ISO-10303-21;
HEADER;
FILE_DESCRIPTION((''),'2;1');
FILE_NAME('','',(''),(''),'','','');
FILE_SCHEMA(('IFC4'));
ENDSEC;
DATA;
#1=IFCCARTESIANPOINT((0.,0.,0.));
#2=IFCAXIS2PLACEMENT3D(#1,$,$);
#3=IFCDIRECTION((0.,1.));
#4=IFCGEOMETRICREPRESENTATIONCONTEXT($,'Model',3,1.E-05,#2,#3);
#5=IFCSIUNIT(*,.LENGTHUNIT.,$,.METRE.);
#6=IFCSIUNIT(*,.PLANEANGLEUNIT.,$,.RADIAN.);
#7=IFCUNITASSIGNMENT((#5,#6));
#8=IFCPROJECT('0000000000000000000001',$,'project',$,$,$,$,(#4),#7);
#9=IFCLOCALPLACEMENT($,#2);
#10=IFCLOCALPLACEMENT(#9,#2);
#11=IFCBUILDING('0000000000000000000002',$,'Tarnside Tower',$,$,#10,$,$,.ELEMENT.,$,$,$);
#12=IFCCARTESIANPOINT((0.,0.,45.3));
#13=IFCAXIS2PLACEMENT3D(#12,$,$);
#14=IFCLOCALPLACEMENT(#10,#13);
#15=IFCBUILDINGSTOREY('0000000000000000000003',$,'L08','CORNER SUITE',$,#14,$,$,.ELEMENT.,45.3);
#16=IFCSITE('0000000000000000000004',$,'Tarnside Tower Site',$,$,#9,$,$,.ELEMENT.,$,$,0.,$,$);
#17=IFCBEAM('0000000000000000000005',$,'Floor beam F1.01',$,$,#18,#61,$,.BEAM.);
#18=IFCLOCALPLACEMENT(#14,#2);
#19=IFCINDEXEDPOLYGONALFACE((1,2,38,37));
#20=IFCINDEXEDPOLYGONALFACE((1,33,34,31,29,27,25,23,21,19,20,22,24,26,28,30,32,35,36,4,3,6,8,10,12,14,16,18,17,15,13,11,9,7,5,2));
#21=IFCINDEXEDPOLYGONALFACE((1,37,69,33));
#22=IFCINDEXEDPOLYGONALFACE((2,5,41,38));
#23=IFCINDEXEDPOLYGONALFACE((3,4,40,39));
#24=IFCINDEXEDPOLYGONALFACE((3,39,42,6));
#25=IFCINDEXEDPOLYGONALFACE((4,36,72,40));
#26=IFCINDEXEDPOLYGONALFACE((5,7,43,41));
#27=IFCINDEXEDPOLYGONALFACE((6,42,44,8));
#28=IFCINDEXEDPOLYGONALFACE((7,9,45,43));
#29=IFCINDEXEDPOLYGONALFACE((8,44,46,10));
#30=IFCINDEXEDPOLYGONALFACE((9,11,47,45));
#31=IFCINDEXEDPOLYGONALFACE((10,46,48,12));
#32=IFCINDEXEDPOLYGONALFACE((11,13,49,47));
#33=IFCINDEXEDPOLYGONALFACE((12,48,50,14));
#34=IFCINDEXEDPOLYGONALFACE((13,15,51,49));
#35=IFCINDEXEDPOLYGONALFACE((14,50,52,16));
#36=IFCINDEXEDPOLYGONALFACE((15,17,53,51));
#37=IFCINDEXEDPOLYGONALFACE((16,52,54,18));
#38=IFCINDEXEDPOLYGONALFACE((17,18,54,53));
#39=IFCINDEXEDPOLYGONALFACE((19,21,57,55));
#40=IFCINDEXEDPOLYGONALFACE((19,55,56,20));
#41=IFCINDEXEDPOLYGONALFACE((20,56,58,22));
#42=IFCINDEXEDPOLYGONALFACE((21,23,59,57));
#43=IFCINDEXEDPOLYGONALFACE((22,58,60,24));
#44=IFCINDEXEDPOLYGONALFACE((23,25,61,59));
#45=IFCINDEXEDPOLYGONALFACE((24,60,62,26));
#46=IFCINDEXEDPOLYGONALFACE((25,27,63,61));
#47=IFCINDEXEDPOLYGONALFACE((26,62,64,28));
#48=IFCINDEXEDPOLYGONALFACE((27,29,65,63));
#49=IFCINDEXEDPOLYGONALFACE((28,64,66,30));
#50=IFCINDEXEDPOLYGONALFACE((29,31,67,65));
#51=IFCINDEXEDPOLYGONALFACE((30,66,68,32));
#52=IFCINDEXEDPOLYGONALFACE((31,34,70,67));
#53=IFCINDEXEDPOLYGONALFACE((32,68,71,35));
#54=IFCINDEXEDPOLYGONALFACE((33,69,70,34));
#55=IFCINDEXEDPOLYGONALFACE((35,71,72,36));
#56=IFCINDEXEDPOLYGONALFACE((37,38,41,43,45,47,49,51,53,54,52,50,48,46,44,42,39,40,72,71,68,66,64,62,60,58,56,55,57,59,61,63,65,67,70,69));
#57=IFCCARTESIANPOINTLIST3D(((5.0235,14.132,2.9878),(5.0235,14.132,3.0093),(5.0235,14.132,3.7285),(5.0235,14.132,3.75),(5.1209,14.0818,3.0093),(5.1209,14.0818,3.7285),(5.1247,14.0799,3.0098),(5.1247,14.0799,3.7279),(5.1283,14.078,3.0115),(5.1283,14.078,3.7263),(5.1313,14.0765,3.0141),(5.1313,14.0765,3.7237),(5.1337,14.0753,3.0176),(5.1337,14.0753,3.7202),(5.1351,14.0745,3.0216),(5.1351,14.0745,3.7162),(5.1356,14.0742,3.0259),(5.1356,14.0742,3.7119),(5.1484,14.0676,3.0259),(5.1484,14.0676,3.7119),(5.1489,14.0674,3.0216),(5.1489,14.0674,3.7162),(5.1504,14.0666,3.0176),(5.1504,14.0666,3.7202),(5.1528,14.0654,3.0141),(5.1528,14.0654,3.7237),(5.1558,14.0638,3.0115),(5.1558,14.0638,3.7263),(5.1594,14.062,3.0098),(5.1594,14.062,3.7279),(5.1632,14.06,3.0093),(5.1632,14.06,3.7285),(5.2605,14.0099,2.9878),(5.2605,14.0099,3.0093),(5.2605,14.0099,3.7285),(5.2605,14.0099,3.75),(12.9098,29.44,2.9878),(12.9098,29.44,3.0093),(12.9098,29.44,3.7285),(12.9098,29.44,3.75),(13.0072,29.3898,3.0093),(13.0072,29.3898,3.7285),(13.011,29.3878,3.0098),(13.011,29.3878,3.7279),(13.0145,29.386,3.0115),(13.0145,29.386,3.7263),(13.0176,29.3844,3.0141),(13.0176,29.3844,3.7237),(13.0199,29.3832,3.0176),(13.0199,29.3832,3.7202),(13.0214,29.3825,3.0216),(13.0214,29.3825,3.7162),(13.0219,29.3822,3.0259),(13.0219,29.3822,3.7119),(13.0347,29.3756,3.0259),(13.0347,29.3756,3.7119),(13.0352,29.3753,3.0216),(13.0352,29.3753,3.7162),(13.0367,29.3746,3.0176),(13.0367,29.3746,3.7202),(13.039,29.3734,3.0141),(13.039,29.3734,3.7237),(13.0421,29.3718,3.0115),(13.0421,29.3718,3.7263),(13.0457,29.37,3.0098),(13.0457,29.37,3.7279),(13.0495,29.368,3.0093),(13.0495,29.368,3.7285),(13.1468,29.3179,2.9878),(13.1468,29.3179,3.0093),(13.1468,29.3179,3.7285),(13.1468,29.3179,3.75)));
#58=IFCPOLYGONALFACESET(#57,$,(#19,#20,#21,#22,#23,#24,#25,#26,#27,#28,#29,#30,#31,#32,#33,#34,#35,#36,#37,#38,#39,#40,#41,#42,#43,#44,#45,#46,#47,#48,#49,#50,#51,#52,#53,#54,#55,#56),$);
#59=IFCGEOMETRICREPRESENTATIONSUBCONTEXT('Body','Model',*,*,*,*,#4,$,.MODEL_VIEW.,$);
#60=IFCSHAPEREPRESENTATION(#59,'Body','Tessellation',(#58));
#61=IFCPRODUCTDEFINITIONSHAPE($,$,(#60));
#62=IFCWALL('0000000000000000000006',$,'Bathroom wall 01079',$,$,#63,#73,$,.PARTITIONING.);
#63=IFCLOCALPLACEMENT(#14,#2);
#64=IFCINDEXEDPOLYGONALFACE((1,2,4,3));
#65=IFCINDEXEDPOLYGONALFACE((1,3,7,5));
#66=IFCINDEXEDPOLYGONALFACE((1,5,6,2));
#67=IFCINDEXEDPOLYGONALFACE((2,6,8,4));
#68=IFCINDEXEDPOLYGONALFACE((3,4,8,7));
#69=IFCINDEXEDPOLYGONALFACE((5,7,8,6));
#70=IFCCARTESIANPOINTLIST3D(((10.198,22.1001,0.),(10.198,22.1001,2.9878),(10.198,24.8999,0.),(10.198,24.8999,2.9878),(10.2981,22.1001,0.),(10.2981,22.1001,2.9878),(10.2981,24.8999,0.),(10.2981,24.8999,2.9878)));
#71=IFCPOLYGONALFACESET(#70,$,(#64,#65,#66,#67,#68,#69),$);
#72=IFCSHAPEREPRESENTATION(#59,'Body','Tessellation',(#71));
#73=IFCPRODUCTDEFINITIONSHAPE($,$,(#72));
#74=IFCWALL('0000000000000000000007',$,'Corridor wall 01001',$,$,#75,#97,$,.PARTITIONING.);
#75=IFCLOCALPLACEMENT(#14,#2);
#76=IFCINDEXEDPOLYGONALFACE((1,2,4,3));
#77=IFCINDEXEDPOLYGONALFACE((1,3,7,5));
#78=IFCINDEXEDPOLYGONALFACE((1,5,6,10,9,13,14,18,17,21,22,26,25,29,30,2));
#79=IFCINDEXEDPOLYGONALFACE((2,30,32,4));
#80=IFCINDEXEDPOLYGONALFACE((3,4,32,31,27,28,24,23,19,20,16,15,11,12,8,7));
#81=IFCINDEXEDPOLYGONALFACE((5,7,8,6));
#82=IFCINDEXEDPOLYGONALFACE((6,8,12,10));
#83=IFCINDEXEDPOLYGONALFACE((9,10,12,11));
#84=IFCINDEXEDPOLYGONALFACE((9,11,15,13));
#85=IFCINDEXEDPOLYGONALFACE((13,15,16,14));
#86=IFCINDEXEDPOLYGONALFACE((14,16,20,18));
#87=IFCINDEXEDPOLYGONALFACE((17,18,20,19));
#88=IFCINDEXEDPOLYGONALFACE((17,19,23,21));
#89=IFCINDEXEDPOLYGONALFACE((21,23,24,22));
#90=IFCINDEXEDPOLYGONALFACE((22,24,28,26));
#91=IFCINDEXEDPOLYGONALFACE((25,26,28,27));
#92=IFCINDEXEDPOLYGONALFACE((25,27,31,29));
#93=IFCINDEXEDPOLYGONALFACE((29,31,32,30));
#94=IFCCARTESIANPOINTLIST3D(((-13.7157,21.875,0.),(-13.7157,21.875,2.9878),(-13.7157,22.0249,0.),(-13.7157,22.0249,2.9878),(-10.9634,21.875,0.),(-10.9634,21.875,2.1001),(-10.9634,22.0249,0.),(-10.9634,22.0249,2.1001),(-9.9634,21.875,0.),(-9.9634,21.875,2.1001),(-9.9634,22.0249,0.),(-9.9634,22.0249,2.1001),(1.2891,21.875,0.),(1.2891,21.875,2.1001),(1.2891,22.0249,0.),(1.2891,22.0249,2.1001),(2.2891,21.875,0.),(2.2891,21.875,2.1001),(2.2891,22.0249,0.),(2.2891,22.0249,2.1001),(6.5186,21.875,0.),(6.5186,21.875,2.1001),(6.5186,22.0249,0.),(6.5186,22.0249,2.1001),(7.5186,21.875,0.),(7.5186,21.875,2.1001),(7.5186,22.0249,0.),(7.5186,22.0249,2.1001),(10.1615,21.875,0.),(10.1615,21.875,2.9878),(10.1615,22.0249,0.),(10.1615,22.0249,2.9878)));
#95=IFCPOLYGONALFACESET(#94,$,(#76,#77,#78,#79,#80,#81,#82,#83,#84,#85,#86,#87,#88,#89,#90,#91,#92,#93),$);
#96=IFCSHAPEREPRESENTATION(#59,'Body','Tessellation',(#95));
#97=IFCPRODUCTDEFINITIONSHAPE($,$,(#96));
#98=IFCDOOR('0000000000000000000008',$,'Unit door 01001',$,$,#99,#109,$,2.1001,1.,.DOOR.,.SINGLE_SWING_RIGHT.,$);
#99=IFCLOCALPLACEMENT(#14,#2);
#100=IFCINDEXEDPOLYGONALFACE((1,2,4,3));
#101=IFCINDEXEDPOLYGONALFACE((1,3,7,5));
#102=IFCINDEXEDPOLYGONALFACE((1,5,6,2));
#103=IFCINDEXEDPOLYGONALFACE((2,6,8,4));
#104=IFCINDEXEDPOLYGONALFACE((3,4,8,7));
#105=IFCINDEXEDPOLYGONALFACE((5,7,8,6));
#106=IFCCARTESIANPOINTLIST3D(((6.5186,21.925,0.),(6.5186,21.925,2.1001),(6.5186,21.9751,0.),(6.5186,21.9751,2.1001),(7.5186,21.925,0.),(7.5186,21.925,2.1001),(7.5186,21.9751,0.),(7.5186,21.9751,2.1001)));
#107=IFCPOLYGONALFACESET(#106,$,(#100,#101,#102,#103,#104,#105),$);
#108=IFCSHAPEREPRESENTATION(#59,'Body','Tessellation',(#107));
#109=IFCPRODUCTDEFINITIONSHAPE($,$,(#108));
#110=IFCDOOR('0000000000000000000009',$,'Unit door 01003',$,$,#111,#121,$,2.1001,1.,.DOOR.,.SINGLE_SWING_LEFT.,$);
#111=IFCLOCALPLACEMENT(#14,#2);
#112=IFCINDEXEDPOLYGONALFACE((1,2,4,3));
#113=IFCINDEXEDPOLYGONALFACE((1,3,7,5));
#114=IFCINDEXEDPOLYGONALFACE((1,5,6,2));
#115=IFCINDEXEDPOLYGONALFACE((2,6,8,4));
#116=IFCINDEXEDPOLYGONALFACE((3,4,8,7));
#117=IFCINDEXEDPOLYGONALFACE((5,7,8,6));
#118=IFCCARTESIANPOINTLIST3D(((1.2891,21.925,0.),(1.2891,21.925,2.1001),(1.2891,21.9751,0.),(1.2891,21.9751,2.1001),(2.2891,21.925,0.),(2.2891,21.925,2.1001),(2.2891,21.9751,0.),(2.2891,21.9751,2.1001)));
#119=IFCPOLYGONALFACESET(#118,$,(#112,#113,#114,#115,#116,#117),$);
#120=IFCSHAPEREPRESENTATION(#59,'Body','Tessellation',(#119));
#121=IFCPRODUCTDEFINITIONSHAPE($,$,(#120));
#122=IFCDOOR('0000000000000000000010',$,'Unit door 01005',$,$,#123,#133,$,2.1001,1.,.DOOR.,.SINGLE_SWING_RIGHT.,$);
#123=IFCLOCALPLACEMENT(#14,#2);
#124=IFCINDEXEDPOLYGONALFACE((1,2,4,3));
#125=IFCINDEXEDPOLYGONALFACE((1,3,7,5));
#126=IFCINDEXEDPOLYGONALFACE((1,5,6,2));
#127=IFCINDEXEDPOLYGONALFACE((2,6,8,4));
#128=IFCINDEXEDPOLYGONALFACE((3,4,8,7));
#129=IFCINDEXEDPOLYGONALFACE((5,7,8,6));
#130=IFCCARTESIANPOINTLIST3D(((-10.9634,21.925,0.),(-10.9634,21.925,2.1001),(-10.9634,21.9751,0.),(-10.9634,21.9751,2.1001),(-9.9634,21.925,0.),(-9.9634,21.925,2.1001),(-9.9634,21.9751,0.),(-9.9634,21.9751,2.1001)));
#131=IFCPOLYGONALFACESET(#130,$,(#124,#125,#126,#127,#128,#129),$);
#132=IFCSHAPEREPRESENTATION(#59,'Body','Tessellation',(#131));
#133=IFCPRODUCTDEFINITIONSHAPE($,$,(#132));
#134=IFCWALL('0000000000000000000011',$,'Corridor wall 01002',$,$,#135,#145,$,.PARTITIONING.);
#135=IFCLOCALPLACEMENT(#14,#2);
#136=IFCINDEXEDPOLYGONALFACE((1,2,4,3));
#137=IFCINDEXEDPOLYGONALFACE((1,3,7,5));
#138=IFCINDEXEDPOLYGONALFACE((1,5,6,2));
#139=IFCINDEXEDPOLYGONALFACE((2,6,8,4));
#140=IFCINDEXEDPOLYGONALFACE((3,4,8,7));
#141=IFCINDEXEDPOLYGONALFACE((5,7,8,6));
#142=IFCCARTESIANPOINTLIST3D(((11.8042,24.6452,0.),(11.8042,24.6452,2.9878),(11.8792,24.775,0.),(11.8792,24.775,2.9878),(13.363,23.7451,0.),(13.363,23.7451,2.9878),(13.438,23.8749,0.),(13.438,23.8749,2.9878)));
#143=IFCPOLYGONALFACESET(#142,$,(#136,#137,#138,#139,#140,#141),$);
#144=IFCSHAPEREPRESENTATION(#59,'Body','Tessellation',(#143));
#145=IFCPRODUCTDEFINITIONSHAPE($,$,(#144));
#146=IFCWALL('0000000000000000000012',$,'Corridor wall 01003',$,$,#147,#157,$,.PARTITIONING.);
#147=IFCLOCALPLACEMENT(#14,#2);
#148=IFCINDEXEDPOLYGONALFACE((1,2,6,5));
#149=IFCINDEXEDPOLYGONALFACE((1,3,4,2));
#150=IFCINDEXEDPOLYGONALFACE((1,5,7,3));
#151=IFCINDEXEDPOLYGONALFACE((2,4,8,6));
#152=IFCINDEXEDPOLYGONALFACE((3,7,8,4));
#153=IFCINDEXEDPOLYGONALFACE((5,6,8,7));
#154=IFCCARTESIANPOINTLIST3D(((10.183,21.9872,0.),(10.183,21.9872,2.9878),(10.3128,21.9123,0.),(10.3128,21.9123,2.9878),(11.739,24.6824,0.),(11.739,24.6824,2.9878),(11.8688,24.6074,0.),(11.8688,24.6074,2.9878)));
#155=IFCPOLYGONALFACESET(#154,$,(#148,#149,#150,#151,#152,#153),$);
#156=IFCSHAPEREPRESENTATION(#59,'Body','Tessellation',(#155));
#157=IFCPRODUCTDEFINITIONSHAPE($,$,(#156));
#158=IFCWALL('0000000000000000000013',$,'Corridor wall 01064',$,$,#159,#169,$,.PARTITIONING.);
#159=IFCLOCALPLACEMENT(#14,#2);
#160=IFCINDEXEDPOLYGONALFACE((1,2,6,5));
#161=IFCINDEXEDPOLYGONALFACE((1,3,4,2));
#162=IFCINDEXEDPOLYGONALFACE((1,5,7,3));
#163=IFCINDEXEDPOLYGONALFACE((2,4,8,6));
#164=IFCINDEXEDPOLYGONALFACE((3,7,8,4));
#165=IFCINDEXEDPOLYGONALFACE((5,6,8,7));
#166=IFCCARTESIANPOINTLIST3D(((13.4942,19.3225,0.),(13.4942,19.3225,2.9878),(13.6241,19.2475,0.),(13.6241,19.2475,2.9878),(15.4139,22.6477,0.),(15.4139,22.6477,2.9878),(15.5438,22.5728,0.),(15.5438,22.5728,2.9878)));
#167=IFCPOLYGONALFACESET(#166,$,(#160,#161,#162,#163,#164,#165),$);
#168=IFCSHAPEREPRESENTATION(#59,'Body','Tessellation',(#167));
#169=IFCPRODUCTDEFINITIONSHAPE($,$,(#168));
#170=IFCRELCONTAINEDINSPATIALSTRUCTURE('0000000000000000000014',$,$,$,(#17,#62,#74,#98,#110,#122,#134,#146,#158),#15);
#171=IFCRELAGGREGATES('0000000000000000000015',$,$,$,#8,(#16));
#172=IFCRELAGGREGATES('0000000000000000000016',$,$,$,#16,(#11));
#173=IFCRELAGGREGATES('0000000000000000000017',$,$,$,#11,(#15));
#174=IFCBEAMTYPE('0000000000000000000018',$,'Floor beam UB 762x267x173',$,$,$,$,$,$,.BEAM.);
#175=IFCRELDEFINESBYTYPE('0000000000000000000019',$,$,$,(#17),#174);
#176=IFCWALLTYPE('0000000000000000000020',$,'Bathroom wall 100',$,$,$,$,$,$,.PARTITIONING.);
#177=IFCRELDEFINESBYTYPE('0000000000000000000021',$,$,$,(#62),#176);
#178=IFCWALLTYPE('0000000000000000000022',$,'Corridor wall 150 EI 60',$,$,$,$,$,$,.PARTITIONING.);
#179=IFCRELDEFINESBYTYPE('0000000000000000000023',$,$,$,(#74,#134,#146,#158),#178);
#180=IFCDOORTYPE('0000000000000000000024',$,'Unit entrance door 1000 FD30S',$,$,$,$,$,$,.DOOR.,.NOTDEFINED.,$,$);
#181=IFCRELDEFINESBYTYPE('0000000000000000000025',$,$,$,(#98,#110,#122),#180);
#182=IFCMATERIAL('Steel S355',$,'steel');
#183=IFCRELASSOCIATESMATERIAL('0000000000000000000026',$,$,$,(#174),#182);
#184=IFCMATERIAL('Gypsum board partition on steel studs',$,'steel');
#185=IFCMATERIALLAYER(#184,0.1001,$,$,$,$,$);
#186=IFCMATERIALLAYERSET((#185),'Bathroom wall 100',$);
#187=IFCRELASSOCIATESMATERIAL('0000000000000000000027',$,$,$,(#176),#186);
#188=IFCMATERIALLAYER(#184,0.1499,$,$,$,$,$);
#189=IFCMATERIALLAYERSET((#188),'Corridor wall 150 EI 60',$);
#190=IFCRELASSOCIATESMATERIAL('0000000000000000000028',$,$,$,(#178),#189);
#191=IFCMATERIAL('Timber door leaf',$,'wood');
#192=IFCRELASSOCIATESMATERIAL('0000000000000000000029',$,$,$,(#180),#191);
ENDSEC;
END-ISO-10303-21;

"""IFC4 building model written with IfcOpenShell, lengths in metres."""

from ifc_helpers import new_model, si_unit, direction, frame, frame_2d, origin, origin_2d, place, context, subcontext, project, spatial, rectangle, i_section, extrude, material, layer, layer_set, material_profile, profile_set, type_object, element, fill, save


model = new_model("IFC4")

# Units and contexts
model_context = context("Model", 3, precision=1e-05, world=origin(), true_north=direction((0.0, 1.0)))
body_context = subcontext(model_context, "Body", "Model", "MODEL_VIEW")
ifc_project = project(units=[si_unit("LENGTHUNIT", "METRE"), si_unit("PLANEANGLEUNIT", "RADIAN")], contexts=[model_context])

# Site, building, storey
site_placement = place(None, origin())
site = spatial("IfcSite", under=ifc_project, at=site_placement, Name="Tarnside Tower Site", CompositionType="ELEMENT", RefElevation=0.0)
building_placement = place(site_placement, origin())
building = spatial("IfcBuilding", under=site, at=building_placement, Name="Tarnside Tower", CompositionType="ELEMENT")
storey_placement = place(building_placement, frame((0.0, 0.0, 45.3)))
storey = spatial("IfcBuildingStorey", under=building, at=storey_placement, Name="L08", Description="CORNER SUITE", CompositionType="ELEMENT", Elevation=45.3)

# Beam
ifc_material_1 = material(Name="Steel S355", Category="steel")
ifc_material_profile = material_profile(ifc_material_1, i_section(OverallWidth=0.2666, OverallDepth=0.7622, WebThickness=0.0144, FlangeThickness=0.0215, FilletRadius=0.0166, at=origin_2d()), Name="UB 762x267x173")
ifc_profile_set = profile_set([ifc_material_profile], Name="Steel S355")
beam_type = type_object("IfcBeamType", Name="Floor beam UB 762x267x173", PredefinedType="BEAM", material=ifc_profile_set)
beam_placement = place(storey_placement, frame((13.0283, 29.3789, 3.3689), z_axis=(-0.457973, -0.888966, 0.0), x_axis=(0.888966, -0.457973, 0.0)))
element("IfcBeam", 1, at=beam_placement, inside=storey, type_object=beam_type, Name="Floor beam F1.01", PredefinedType="BEAM", context=body_context, shape_type="SweptSolid", body=[
    extrude(i_section(OverallWidth=0.2666, OverallDepth=0.7622, WebThickness=0.0144, FlangeThickness=0.0215, FilletRadius=0.0166, at=origin_2d()), origin(), (0.0, 0.0, 1.0), 17.22),
])

# Wall
ifc_material_2 = material(Name="Gypsum board partition on steel studs", Category="steel")
ifc_layer_1 = layer(ifc_material_2, 0.1001)
ifc_layer_set_1 = layer_set([ifc_layer_1], Name="Bathroom wall 100")
wall_type_1 = type_object("IfcWallType", Name="Bathroom wall 100", PredefinedType="PARTITIONING", material=ifc_layer_set_1)
wall_1_placement = place(storey_placement, frame((10.248, 24.8999, 0.0), z_axis=(0.0, 0.0, 1.0), x_axis=(0.0, -1.0, 0.0)))
element("IfcWall", 2, at=wall_1_placement, inside=storey, type_object=wall_type_1, Name="Bathroom wall 01079", PredefinedType="PARTITIONING", context=body_context, shape_type="SweptSolid", body=[
    extrude(rectangle(XDim=2.7998, YDim=0.1001, at=frame_2d((1.3999, 0.0))), origin(), (0.0, 0.0, 1.0), 2.9878),
])

# Wall, openings, doors
ifc_layer_2 = layer(ifc_material_2, 0.1499)
ifc_layer_set_2 = layer_set([ifc_layer_2], Name="Corridor wall 150 EI 60")
wall_type_2 = type_object("IfcWallType", Name="Corridor wall 150 EI 60", PredefinedType="PARTITIONING", material=ifc_layer_set_2)
wall_2_placement = place(storey_placement, frame((10.1614, 21.95, 0.0), z_axis=(0.0, 0.0, 1.0), x_axis=(-1.0, 0.0, 0.0)))
wall_2 = element("IfcWall", 3, at=wall_2_placement, inside=storey, type_object=wall_type_2, Name="Corridor wall 01001", PredefinedType="PARTITIONING", context=body_context, shape_type="SweptSolid", body=[
    extrude(rectangle(XDim=23.8772, YDim=0.1499, at=frame_2d((11.9385, 0.0))), origin(), (0.0, 0.0, 1.0), 2.9878),
])
opening_1_placement = place(wall_2_placement, frame((2.6428, 0.0, 0.0)))
opening_1 = element("IfcOpeningElement", 4, at=opening_1_placement, cuts=wall_2, PredefinedType="OPENING", context=body_context, shape_type="SweptSolid", body=[
    extrude(rectangle(XDim=1.0, YDim=2.1001, at=frame_2d((0.5, 1.05))), frame((0.0, 0.085, 0.0), z_axis=(0.0, -1.0, 0.0), x_axis=(1.0, 0.0, 0.0)), (0.0, 0.0, 1.0), 0.1699),
])
opening_2_placement = place(wall_2_placement, frame((7.8723, 0.0, 0.0)))
opening_2 = element("IfcOpeningElement", 5, at=opening_2_placement, cuts=wall_2, PredefinedType="OPENING", context=body_context, shape_type="SweptSolid", body=[
    extrude(rectangle(XDim=1.0, YDim=2.1001, at=frame_2d((0.5, 1.05))), frame((0.0, 0.085, 0.0), z_axis=(0.0, -1.0, 0.0), x_axis=(1.0, 0.0, 0.0)), (0.0, 0.0, 1.0), 0.1699),
])
opening_3_placement = place(wall_2_placement, frame((20.1248, 0.0, 0.0)))
opening_3 = element("IfcOpeningElement", 6, at=opening_3_placement, cuts=wall_2, PredefinedType="OPENING", context=body_context, shape_type="SweptSolid", body=[
    extrude(rectangle(XDim=1.0, YDim=2.1001, at=frame_2d((0.5, 1.05))), frame((0.0, 0.085, 0.0), z_axis=(0.0, -1.0, 0.0), x_axis=(1.0, 0.0, 0.0)), (0.0, 0.0, 1.0), 0.1699),
])
ifc_material_3 = material(Name="Timber door leaf", Category="wood")
door_type_1 = type_object("IfcDoorType", Name="Unit entrance door 1000 FD30S", OperationType="NOTDEFINED", PredefinedType="DOOR", material=ifc_material_3)
door_1_placement = place(opening_1_placement, origin())
door_1 = element("IfcDoor", 7, at=door_1_placement, inside=storey, type_object=door_type_1, Name="Unit door 01001", OperationType="SINGLE_SWING_RIGHT", OverallHeight=2.1001, OverallWidth=1.0, PredefinedType="DOOR", context=body_context, shape_type="SweptSolid", body=[
    extrude(rectangle(XDim=1.0, YDim=2.1001, at=frame_2d((0.5, 1.05))), frame((0.0, 0.0249, 0.0), z_axis=(0.0, -1.0, 0.0), x_axis=(1.0, 0.0, 0.0)), (0.0, 0.0, 1.0), 0.05),
])
fill(opening_1, door_1)
door_2_placement = place(opening_2_placement, origin())
door_2 = element("IfcDoor", 8, at=door_2_placement, inside=storey, type_object=door_type_1, Name="Unit door 01003", OperationType="SINGLE_SWING_LEFT", OverallHeight=2.1001, OverallWidth=1.0, PredefinedType="DOOR", context=body_context, shape_type="SweptSolid", body=[
    extrude(rectangle(XDim=1.0, YDim=2.1001, at=frame_2d((0.5, 1.05))), frame((0.0, 0.0249, 0.0), z_axis=(0.0, -1.0, 0.0), x_axis=(1.0, 0.0, 0.0)), (0.0, 0.0, 1.0), 0.05),
])
fill(opening_2, door_2)
door_3_placement = place(opening_3_placement, origin())
door_3 = element("IfcDoor", 9, at=door_3_placement, inside=storey, type_object=door_type_1, Name="Unit door 01005", OperationType="SINGLE_SWING_RIGHT", OverallHeight=2.1001, OverallWidth=1.0, PredefinedType="DOOR", context=body_context, shape_type="SweptSolid", body=[
    extrude(rectangle(XDim=1.0, YDim=2.1001, at=frame_2d((0.5, 1.05))), frame((0.0, 0.0249, 0.0), z_axis=(0.0, -1.0, 0.0), x_axis=(1.0, 0.0, 0.0)), (0.0, 0.0, 1.0), 0.05),
])
fill(opening_3, door_3)

# Walls
wall_3_placement = place(storey_placement, frame((13.4004, 23.8101, 0.0), z_axis=(0.0, 0.0, 1.0), x_axis=(-0.865989, 0.500063, 0.0)))
element("IfcWall", 10, at=wall_3_placement, inside=storey, type_object=wall_type_2, Name="Corridor wall 01002", PredefinedType="PARTITIONING", context=body_context, shape_type="SweptSolid", body=[
    extrude(rectangle(XDim=1.8, YDim=0.1499, at=frame_2d((0.8999, 0.0))), origin(), (0.0, 0.0, 1.0), 2.9878),
])
wall_4_placement = place(storey_placement, frame((11.804, 24.645, 0.0), z_axis=(0.0, 0.0, 1.0), x_axis=(-0.499978, -0.866038, 0.0)))
element("IfcWall", 11, at=wall_4_placement, inside=storey, type_object=wall_type_2, Name="Corridor wall 01003", PredefinedType="PARTITIONING", context=body_context, shape_type="SweptSolid", body=[
    extrude(rectangle(XDim=3.1121, YDim=0.1499, at=frame_2d((1.5562, 0.0))), origin(), (0.0, 0.0, 1.0), 2.9878),
])
wall_5_placement = place(storey_placement, frame((13.5591, 19.2849, 0.0), z_axis=(0.0, 0.0, 1.0), x_axis=(0.499976, 0.866039, 0.0)))
element("IfcWall", 12, at=wall_5_placement, inside=storey, type_object=wall_type_2, Name="Corridor wall 01064", PredefinedType="PARTITIONING", context=body_context, shape_type="SweptSolid", body=[
    extrude(rectangle(XDim=3.8396, YDim=0.1499, at=frame_2d((1.9199, 0.0))), origin(), (0.0, 0.0, 1.0), 2.9878),
])

save(model, "model.ifc")
